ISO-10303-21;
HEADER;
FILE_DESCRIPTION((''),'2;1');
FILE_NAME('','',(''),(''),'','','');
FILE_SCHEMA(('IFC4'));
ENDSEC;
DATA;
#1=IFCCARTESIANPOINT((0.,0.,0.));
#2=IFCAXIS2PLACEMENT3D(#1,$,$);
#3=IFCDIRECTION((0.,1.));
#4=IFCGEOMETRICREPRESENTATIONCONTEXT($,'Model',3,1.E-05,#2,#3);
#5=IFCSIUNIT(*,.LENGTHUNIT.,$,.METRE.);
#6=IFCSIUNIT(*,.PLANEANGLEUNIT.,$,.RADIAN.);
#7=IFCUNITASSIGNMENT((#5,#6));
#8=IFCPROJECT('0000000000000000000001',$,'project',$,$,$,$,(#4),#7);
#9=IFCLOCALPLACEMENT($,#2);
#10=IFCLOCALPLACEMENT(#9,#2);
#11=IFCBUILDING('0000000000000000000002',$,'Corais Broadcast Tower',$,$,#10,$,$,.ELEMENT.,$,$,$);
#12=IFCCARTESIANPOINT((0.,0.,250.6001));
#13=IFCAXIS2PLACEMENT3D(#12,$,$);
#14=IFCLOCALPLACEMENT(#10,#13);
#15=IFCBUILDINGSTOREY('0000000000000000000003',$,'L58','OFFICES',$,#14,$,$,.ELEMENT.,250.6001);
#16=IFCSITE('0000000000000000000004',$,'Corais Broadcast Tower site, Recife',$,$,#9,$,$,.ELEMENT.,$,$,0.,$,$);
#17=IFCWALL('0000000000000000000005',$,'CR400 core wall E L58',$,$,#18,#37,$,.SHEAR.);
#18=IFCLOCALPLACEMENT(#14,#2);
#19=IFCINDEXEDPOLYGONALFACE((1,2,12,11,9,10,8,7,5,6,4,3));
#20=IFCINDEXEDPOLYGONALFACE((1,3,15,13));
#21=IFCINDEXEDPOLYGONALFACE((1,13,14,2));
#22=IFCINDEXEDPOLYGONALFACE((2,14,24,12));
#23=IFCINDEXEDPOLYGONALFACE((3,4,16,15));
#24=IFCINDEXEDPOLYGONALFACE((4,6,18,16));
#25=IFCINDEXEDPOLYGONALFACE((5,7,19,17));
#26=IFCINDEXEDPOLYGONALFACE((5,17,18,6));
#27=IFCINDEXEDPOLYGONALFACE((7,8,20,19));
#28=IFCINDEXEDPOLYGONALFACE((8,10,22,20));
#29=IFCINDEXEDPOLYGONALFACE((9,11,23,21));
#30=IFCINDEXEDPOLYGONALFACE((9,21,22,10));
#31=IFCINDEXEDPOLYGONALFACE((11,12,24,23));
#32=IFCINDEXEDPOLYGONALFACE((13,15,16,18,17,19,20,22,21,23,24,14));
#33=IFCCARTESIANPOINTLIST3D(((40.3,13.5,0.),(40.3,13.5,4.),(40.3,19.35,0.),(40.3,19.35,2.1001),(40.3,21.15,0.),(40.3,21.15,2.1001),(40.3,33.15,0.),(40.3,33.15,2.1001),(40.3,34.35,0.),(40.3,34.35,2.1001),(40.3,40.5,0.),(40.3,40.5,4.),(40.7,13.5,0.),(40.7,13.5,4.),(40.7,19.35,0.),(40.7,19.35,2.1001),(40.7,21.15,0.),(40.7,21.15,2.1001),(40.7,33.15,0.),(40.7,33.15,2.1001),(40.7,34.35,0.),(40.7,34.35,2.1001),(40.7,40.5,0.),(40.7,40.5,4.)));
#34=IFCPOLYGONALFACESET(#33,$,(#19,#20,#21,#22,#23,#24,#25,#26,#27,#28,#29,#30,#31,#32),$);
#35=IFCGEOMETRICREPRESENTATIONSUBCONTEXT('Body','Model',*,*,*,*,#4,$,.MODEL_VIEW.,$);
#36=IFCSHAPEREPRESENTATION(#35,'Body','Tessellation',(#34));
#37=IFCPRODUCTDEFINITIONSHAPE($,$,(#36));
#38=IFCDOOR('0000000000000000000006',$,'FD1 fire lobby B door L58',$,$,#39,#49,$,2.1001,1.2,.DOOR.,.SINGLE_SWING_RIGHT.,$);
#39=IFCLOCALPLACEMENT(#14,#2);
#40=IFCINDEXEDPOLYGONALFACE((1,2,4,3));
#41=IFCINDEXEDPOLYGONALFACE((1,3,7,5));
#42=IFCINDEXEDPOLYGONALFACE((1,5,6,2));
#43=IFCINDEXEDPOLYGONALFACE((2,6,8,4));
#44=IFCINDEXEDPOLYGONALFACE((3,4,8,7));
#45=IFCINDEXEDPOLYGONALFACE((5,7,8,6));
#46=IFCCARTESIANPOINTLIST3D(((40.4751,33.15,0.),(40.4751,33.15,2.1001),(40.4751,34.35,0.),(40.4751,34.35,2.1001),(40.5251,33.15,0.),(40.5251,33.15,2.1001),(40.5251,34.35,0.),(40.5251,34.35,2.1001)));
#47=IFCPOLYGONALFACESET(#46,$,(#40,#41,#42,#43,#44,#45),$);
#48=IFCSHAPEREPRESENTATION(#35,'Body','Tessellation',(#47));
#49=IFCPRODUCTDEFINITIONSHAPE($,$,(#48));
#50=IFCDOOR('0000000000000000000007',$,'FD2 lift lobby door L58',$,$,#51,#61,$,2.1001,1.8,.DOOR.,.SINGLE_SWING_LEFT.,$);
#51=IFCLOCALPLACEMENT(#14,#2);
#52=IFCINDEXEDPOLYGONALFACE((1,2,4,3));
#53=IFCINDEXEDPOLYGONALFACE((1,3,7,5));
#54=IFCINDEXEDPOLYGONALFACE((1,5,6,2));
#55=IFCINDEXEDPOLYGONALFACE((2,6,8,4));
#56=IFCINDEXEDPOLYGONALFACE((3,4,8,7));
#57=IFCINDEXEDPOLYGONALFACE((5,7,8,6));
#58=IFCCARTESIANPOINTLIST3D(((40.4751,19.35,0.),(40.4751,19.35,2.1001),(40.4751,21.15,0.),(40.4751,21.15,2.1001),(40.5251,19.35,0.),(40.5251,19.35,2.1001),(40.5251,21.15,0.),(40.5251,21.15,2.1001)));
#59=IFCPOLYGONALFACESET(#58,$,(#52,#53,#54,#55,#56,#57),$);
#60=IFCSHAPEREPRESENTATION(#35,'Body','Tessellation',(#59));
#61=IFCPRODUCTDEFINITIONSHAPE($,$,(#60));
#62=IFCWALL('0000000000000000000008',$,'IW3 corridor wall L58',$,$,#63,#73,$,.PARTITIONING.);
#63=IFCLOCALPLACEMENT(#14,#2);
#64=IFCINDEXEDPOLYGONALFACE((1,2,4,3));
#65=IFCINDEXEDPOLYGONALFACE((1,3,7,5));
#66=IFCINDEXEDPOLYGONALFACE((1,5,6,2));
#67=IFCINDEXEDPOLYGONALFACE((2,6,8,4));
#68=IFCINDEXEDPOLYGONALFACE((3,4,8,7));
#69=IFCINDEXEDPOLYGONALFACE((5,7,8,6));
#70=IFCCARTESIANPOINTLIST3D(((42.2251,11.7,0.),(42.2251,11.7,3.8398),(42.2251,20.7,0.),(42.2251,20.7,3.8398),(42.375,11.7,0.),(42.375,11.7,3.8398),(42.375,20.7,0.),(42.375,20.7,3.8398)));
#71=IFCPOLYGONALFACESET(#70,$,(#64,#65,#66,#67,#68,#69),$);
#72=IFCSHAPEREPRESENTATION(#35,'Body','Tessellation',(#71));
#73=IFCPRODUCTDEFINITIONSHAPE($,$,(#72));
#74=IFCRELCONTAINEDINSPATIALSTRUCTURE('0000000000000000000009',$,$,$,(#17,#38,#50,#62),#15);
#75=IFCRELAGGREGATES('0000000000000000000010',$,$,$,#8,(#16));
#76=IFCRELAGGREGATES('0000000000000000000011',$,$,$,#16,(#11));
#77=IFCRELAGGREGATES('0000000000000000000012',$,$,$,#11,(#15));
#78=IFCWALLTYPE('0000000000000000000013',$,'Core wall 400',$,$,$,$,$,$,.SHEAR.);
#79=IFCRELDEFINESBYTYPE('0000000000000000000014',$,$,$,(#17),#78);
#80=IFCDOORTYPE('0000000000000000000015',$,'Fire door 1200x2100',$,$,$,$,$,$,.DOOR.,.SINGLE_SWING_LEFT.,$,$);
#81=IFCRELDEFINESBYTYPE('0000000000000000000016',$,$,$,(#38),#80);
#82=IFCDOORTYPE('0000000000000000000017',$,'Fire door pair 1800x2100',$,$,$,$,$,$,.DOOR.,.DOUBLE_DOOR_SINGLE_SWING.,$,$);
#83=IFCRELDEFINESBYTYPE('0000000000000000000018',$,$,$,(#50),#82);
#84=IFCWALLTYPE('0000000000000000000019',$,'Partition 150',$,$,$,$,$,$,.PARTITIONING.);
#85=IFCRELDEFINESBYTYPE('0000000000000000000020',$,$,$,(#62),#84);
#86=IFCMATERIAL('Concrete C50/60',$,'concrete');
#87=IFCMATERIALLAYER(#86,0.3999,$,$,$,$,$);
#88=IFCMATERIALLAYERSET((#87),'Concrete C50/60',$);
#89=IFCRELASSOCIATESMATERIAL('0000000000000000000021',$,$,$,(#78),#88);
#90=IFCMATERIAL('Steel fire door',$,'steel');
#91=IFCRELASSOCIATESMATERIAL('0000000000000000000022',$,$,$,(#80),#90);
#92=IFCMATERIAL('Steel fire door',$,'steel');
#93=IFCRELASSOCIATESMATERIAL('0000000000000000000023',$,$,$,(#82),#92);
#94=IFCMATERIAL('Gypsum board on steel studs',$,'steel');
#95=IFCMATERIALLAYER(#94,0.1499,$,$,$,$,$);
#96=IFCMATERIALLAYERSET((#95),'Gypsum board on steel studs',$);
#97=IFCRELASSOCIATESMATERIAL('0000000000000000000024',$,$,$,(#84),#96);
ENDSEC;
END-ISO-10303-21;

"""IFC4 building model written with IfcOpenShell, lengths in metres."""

from ifc_helpers import new_model, si_unit, direction, frame, frame_2d, origin, place, context, subcontext, project, spatial, rectangle, extrude, material, layer, layer_set, type_object, element, fill, save


model = new_model("IFC4")

# Units and contexts
model_context = context("Model", 3, precision=1e-05, world=origin(), true_north=direction((0.0, 1.0)))
body_context = subcontext(model_context, "Body", "Model", "MODEL_VIEW")
ifc_project = project(units=[si_unit("LENGTHUNIT", "METRE"), si_unit("PLANEANGLEUNIT", "RADIAN")], contexts=[model_context])

# Site, building, storey
site_placement = place(None, origin())
site = spatial("IfcSite", under=ifc_project, at=site_placement, Name="Corais Broadcast Tower site, Recife", CompositionType="ELEMENT", RefElevation=0.0)
building_placement = place(site_placement, origin())
building = spatial("IfcBuilding", under=site, at=building_placement, Name="Corais Broadcast Tower", CompositionType="ELEMENT")
storey_placement = place(building_placement, frame((0.0, 0.0, 250.6001)))
storey = spatial("IfcBuildingStorey", under=building, at=storey_placement, Name="L58", Description="OFFICES", CompositionType="ELEMENT", Elevation=250.6001)

# Wall, openings, doors
ifc_material_1 = material(Name="Concrete C50/60", Category="concrete")
ifc_layer_1 = layer(ifc_material_1, 0.3999)
ifc_layer_set_1 = layer_set([ifc_layer_1], Name="Concrete C50/60")
wall_type_1 = type_object("IfcWallType", Name="Core wall 400", PredefinedType="SHEAR", material=ifc_layer_set_1)
wall_1_placement = place(storey_placement, frame((40.5, 13.5, 0.0), z_axis=(0.0, 0.0, 1.0), x_axis=(0.0, 1.0, 0.0)))
wall_1 = element("IfcWall", 1, at=wall_1_placement, inside=storey, type_object=wall_type_1, Name="CR400 core wall E L58", PredefinedType="SHEAR", context=body_context, shape_type="SweptSolid", body=[
    extrude(rectangle(XDim=27.0, YDim=0.3999, at=frame_2d((13.5, 0.0))), origin(), (0.0, 0.0, 1.0), 4.0),
])
opening_1_placement = place(wall_1_placement, frame((5.8501, 0.0, 0.0)))
opening_1 = element("IfcOpeningElement", 2, at=opening_1_placement, cuts=wall_1, PredefinedType="OPENING", context=body_context, shape_type="SweptSolid", body=[
    extrude(rectangle(XDim=1.8, YDim=2.1001, at=frame_2d((0.8999, 1.05))), frame((0.0, 0.21, 0.0), z_axis=(0.0, -1.0, 0.0), x_axis=(1.0, 0.0, 0.0)), (0.0, 0.0, 1.0), 0.4199),
])
opening_2_placement = place(wall_1_placement, frame((19.6499, 0.0, 0.0)))
opening_2 = element("IfcOpeningElement", 3, at=opening_2_placement, cuts=wall_1, PredefinedType="OPENING", context=body_context, shape_type="SweptSolid", body=[
    extrude(rectangle(XDim=1.2, YDim=2.1001, at=frame_2d((0.6001, 1.05))), frame((0.0, 0.21, 0.0), z_axis=(0.0, -1.0, 0.0), x_axis=(1.0, 0.0, 0.0)), (0.0, 0.0, 1.0), 0.4199),
])
ifc_material_2 = material(Name="Steel fire door", Category="steel")
door_type_1 = type_object("IfcDoorType", Name="Fire door 1200x2100", OperationType="SINGLE_SWING_LEFT", PredefinedType="DOOR", material=ifc_material_2)
door_1_placement = place(opening_2_placement, origin())
door_1 = element("IfcDoor", 4, at=door_1_placement, inside=storey, type_object=door_type_1, Name="FD1 fire lobby B door L58", OperationType="SINGLE_SWING_RIGHT", OverallHeight=2.1001, OverallWidth=1.2, PredefinedType="DOOR", context=body_context, shape_type="SweptSolid", body=[
    extrude(rectangle(XDim=1.2, YDim=2.1001, at=frame_2d((0.6001, 1.05))), frame((0.0, 0.0249, 0.0), z_axis=(0.0, -1.0, 0.0), x_axis=(1.0, 0.0, 0.0)), (0.0, 0.0, 1.0), 0.05),
])
fill(opening_2, door_1)
ifc_material_3 = material(Name="Steel fire door", Category="steel")
door_type_2 = type_object("IfcDoorType", Name="Fire door pair 1800x2100", OperationType="DOUBLE_DOOR_SINGLE_SWING", PredefinedType="DOOR", material=ifc_material_3)
door_2_placement = place(opening_1_placement, origin())
door_2 = element("IfcDoor", 5, at=door_2_placement, inside=storey, type_object=door_type_2, Name="FD2 lift lobby door L58", OperationType="SINGLE_SWING_LEFT", OverallHeight=2.1001, OverallWidth=1.8, PredefinedType="DOOR", context=body_context, shape_type="SweptSolid", body=[
    extrude(rectangle(XDim=1.8, YDim=2.1001, at=frame_2d((0.8999, 1.05))), frame((0.0, 0.0249, 0.0), z_axis=(0.0, -1.0, 0.0), x_axis=(1.0, 0.0, 0.0)), (0.0, 0.0, 1.0), 0.05),
])
fill(opening_1, door_2)

# Wall
ifc_material_4 = material(Name="Gypsum board on steel studs", Category="steel")
ifc_layer_2 = layer(ifc_material_4, 0.1499)
ifc_layer_set_2 = layer_set([ifc_layer_2], Name="Gypsum board on steel studs")
wall_type_2 = type_object("IfcWallType", Name="Partition 150", PredefinedType="PARTITIONING", material=ifc_layer_set_2)
wall_2_placement = place(storey_placement, frame((42.3, 11.7, 0.0), z_axis=(0.0, 0.0, 1.0), x_axis=(0.0, 1.0, 0.0)))
element("IfcWall", 6, at=wall_2_placement, inside=storey, type_object=wall_type_2, Name="IW3 corridor wall L58", PredefinedType="PARTITIONING", context=body_context, shape_type="SweptSolid", body=[
    extrude(rectangle(XDim=9.0, YDim=0.1499, at=frame_2d((4.5, 0.0))), origin(), (0.0, 0.0, 1.0), 3.8398),
])

save(model, "model.ifc")
